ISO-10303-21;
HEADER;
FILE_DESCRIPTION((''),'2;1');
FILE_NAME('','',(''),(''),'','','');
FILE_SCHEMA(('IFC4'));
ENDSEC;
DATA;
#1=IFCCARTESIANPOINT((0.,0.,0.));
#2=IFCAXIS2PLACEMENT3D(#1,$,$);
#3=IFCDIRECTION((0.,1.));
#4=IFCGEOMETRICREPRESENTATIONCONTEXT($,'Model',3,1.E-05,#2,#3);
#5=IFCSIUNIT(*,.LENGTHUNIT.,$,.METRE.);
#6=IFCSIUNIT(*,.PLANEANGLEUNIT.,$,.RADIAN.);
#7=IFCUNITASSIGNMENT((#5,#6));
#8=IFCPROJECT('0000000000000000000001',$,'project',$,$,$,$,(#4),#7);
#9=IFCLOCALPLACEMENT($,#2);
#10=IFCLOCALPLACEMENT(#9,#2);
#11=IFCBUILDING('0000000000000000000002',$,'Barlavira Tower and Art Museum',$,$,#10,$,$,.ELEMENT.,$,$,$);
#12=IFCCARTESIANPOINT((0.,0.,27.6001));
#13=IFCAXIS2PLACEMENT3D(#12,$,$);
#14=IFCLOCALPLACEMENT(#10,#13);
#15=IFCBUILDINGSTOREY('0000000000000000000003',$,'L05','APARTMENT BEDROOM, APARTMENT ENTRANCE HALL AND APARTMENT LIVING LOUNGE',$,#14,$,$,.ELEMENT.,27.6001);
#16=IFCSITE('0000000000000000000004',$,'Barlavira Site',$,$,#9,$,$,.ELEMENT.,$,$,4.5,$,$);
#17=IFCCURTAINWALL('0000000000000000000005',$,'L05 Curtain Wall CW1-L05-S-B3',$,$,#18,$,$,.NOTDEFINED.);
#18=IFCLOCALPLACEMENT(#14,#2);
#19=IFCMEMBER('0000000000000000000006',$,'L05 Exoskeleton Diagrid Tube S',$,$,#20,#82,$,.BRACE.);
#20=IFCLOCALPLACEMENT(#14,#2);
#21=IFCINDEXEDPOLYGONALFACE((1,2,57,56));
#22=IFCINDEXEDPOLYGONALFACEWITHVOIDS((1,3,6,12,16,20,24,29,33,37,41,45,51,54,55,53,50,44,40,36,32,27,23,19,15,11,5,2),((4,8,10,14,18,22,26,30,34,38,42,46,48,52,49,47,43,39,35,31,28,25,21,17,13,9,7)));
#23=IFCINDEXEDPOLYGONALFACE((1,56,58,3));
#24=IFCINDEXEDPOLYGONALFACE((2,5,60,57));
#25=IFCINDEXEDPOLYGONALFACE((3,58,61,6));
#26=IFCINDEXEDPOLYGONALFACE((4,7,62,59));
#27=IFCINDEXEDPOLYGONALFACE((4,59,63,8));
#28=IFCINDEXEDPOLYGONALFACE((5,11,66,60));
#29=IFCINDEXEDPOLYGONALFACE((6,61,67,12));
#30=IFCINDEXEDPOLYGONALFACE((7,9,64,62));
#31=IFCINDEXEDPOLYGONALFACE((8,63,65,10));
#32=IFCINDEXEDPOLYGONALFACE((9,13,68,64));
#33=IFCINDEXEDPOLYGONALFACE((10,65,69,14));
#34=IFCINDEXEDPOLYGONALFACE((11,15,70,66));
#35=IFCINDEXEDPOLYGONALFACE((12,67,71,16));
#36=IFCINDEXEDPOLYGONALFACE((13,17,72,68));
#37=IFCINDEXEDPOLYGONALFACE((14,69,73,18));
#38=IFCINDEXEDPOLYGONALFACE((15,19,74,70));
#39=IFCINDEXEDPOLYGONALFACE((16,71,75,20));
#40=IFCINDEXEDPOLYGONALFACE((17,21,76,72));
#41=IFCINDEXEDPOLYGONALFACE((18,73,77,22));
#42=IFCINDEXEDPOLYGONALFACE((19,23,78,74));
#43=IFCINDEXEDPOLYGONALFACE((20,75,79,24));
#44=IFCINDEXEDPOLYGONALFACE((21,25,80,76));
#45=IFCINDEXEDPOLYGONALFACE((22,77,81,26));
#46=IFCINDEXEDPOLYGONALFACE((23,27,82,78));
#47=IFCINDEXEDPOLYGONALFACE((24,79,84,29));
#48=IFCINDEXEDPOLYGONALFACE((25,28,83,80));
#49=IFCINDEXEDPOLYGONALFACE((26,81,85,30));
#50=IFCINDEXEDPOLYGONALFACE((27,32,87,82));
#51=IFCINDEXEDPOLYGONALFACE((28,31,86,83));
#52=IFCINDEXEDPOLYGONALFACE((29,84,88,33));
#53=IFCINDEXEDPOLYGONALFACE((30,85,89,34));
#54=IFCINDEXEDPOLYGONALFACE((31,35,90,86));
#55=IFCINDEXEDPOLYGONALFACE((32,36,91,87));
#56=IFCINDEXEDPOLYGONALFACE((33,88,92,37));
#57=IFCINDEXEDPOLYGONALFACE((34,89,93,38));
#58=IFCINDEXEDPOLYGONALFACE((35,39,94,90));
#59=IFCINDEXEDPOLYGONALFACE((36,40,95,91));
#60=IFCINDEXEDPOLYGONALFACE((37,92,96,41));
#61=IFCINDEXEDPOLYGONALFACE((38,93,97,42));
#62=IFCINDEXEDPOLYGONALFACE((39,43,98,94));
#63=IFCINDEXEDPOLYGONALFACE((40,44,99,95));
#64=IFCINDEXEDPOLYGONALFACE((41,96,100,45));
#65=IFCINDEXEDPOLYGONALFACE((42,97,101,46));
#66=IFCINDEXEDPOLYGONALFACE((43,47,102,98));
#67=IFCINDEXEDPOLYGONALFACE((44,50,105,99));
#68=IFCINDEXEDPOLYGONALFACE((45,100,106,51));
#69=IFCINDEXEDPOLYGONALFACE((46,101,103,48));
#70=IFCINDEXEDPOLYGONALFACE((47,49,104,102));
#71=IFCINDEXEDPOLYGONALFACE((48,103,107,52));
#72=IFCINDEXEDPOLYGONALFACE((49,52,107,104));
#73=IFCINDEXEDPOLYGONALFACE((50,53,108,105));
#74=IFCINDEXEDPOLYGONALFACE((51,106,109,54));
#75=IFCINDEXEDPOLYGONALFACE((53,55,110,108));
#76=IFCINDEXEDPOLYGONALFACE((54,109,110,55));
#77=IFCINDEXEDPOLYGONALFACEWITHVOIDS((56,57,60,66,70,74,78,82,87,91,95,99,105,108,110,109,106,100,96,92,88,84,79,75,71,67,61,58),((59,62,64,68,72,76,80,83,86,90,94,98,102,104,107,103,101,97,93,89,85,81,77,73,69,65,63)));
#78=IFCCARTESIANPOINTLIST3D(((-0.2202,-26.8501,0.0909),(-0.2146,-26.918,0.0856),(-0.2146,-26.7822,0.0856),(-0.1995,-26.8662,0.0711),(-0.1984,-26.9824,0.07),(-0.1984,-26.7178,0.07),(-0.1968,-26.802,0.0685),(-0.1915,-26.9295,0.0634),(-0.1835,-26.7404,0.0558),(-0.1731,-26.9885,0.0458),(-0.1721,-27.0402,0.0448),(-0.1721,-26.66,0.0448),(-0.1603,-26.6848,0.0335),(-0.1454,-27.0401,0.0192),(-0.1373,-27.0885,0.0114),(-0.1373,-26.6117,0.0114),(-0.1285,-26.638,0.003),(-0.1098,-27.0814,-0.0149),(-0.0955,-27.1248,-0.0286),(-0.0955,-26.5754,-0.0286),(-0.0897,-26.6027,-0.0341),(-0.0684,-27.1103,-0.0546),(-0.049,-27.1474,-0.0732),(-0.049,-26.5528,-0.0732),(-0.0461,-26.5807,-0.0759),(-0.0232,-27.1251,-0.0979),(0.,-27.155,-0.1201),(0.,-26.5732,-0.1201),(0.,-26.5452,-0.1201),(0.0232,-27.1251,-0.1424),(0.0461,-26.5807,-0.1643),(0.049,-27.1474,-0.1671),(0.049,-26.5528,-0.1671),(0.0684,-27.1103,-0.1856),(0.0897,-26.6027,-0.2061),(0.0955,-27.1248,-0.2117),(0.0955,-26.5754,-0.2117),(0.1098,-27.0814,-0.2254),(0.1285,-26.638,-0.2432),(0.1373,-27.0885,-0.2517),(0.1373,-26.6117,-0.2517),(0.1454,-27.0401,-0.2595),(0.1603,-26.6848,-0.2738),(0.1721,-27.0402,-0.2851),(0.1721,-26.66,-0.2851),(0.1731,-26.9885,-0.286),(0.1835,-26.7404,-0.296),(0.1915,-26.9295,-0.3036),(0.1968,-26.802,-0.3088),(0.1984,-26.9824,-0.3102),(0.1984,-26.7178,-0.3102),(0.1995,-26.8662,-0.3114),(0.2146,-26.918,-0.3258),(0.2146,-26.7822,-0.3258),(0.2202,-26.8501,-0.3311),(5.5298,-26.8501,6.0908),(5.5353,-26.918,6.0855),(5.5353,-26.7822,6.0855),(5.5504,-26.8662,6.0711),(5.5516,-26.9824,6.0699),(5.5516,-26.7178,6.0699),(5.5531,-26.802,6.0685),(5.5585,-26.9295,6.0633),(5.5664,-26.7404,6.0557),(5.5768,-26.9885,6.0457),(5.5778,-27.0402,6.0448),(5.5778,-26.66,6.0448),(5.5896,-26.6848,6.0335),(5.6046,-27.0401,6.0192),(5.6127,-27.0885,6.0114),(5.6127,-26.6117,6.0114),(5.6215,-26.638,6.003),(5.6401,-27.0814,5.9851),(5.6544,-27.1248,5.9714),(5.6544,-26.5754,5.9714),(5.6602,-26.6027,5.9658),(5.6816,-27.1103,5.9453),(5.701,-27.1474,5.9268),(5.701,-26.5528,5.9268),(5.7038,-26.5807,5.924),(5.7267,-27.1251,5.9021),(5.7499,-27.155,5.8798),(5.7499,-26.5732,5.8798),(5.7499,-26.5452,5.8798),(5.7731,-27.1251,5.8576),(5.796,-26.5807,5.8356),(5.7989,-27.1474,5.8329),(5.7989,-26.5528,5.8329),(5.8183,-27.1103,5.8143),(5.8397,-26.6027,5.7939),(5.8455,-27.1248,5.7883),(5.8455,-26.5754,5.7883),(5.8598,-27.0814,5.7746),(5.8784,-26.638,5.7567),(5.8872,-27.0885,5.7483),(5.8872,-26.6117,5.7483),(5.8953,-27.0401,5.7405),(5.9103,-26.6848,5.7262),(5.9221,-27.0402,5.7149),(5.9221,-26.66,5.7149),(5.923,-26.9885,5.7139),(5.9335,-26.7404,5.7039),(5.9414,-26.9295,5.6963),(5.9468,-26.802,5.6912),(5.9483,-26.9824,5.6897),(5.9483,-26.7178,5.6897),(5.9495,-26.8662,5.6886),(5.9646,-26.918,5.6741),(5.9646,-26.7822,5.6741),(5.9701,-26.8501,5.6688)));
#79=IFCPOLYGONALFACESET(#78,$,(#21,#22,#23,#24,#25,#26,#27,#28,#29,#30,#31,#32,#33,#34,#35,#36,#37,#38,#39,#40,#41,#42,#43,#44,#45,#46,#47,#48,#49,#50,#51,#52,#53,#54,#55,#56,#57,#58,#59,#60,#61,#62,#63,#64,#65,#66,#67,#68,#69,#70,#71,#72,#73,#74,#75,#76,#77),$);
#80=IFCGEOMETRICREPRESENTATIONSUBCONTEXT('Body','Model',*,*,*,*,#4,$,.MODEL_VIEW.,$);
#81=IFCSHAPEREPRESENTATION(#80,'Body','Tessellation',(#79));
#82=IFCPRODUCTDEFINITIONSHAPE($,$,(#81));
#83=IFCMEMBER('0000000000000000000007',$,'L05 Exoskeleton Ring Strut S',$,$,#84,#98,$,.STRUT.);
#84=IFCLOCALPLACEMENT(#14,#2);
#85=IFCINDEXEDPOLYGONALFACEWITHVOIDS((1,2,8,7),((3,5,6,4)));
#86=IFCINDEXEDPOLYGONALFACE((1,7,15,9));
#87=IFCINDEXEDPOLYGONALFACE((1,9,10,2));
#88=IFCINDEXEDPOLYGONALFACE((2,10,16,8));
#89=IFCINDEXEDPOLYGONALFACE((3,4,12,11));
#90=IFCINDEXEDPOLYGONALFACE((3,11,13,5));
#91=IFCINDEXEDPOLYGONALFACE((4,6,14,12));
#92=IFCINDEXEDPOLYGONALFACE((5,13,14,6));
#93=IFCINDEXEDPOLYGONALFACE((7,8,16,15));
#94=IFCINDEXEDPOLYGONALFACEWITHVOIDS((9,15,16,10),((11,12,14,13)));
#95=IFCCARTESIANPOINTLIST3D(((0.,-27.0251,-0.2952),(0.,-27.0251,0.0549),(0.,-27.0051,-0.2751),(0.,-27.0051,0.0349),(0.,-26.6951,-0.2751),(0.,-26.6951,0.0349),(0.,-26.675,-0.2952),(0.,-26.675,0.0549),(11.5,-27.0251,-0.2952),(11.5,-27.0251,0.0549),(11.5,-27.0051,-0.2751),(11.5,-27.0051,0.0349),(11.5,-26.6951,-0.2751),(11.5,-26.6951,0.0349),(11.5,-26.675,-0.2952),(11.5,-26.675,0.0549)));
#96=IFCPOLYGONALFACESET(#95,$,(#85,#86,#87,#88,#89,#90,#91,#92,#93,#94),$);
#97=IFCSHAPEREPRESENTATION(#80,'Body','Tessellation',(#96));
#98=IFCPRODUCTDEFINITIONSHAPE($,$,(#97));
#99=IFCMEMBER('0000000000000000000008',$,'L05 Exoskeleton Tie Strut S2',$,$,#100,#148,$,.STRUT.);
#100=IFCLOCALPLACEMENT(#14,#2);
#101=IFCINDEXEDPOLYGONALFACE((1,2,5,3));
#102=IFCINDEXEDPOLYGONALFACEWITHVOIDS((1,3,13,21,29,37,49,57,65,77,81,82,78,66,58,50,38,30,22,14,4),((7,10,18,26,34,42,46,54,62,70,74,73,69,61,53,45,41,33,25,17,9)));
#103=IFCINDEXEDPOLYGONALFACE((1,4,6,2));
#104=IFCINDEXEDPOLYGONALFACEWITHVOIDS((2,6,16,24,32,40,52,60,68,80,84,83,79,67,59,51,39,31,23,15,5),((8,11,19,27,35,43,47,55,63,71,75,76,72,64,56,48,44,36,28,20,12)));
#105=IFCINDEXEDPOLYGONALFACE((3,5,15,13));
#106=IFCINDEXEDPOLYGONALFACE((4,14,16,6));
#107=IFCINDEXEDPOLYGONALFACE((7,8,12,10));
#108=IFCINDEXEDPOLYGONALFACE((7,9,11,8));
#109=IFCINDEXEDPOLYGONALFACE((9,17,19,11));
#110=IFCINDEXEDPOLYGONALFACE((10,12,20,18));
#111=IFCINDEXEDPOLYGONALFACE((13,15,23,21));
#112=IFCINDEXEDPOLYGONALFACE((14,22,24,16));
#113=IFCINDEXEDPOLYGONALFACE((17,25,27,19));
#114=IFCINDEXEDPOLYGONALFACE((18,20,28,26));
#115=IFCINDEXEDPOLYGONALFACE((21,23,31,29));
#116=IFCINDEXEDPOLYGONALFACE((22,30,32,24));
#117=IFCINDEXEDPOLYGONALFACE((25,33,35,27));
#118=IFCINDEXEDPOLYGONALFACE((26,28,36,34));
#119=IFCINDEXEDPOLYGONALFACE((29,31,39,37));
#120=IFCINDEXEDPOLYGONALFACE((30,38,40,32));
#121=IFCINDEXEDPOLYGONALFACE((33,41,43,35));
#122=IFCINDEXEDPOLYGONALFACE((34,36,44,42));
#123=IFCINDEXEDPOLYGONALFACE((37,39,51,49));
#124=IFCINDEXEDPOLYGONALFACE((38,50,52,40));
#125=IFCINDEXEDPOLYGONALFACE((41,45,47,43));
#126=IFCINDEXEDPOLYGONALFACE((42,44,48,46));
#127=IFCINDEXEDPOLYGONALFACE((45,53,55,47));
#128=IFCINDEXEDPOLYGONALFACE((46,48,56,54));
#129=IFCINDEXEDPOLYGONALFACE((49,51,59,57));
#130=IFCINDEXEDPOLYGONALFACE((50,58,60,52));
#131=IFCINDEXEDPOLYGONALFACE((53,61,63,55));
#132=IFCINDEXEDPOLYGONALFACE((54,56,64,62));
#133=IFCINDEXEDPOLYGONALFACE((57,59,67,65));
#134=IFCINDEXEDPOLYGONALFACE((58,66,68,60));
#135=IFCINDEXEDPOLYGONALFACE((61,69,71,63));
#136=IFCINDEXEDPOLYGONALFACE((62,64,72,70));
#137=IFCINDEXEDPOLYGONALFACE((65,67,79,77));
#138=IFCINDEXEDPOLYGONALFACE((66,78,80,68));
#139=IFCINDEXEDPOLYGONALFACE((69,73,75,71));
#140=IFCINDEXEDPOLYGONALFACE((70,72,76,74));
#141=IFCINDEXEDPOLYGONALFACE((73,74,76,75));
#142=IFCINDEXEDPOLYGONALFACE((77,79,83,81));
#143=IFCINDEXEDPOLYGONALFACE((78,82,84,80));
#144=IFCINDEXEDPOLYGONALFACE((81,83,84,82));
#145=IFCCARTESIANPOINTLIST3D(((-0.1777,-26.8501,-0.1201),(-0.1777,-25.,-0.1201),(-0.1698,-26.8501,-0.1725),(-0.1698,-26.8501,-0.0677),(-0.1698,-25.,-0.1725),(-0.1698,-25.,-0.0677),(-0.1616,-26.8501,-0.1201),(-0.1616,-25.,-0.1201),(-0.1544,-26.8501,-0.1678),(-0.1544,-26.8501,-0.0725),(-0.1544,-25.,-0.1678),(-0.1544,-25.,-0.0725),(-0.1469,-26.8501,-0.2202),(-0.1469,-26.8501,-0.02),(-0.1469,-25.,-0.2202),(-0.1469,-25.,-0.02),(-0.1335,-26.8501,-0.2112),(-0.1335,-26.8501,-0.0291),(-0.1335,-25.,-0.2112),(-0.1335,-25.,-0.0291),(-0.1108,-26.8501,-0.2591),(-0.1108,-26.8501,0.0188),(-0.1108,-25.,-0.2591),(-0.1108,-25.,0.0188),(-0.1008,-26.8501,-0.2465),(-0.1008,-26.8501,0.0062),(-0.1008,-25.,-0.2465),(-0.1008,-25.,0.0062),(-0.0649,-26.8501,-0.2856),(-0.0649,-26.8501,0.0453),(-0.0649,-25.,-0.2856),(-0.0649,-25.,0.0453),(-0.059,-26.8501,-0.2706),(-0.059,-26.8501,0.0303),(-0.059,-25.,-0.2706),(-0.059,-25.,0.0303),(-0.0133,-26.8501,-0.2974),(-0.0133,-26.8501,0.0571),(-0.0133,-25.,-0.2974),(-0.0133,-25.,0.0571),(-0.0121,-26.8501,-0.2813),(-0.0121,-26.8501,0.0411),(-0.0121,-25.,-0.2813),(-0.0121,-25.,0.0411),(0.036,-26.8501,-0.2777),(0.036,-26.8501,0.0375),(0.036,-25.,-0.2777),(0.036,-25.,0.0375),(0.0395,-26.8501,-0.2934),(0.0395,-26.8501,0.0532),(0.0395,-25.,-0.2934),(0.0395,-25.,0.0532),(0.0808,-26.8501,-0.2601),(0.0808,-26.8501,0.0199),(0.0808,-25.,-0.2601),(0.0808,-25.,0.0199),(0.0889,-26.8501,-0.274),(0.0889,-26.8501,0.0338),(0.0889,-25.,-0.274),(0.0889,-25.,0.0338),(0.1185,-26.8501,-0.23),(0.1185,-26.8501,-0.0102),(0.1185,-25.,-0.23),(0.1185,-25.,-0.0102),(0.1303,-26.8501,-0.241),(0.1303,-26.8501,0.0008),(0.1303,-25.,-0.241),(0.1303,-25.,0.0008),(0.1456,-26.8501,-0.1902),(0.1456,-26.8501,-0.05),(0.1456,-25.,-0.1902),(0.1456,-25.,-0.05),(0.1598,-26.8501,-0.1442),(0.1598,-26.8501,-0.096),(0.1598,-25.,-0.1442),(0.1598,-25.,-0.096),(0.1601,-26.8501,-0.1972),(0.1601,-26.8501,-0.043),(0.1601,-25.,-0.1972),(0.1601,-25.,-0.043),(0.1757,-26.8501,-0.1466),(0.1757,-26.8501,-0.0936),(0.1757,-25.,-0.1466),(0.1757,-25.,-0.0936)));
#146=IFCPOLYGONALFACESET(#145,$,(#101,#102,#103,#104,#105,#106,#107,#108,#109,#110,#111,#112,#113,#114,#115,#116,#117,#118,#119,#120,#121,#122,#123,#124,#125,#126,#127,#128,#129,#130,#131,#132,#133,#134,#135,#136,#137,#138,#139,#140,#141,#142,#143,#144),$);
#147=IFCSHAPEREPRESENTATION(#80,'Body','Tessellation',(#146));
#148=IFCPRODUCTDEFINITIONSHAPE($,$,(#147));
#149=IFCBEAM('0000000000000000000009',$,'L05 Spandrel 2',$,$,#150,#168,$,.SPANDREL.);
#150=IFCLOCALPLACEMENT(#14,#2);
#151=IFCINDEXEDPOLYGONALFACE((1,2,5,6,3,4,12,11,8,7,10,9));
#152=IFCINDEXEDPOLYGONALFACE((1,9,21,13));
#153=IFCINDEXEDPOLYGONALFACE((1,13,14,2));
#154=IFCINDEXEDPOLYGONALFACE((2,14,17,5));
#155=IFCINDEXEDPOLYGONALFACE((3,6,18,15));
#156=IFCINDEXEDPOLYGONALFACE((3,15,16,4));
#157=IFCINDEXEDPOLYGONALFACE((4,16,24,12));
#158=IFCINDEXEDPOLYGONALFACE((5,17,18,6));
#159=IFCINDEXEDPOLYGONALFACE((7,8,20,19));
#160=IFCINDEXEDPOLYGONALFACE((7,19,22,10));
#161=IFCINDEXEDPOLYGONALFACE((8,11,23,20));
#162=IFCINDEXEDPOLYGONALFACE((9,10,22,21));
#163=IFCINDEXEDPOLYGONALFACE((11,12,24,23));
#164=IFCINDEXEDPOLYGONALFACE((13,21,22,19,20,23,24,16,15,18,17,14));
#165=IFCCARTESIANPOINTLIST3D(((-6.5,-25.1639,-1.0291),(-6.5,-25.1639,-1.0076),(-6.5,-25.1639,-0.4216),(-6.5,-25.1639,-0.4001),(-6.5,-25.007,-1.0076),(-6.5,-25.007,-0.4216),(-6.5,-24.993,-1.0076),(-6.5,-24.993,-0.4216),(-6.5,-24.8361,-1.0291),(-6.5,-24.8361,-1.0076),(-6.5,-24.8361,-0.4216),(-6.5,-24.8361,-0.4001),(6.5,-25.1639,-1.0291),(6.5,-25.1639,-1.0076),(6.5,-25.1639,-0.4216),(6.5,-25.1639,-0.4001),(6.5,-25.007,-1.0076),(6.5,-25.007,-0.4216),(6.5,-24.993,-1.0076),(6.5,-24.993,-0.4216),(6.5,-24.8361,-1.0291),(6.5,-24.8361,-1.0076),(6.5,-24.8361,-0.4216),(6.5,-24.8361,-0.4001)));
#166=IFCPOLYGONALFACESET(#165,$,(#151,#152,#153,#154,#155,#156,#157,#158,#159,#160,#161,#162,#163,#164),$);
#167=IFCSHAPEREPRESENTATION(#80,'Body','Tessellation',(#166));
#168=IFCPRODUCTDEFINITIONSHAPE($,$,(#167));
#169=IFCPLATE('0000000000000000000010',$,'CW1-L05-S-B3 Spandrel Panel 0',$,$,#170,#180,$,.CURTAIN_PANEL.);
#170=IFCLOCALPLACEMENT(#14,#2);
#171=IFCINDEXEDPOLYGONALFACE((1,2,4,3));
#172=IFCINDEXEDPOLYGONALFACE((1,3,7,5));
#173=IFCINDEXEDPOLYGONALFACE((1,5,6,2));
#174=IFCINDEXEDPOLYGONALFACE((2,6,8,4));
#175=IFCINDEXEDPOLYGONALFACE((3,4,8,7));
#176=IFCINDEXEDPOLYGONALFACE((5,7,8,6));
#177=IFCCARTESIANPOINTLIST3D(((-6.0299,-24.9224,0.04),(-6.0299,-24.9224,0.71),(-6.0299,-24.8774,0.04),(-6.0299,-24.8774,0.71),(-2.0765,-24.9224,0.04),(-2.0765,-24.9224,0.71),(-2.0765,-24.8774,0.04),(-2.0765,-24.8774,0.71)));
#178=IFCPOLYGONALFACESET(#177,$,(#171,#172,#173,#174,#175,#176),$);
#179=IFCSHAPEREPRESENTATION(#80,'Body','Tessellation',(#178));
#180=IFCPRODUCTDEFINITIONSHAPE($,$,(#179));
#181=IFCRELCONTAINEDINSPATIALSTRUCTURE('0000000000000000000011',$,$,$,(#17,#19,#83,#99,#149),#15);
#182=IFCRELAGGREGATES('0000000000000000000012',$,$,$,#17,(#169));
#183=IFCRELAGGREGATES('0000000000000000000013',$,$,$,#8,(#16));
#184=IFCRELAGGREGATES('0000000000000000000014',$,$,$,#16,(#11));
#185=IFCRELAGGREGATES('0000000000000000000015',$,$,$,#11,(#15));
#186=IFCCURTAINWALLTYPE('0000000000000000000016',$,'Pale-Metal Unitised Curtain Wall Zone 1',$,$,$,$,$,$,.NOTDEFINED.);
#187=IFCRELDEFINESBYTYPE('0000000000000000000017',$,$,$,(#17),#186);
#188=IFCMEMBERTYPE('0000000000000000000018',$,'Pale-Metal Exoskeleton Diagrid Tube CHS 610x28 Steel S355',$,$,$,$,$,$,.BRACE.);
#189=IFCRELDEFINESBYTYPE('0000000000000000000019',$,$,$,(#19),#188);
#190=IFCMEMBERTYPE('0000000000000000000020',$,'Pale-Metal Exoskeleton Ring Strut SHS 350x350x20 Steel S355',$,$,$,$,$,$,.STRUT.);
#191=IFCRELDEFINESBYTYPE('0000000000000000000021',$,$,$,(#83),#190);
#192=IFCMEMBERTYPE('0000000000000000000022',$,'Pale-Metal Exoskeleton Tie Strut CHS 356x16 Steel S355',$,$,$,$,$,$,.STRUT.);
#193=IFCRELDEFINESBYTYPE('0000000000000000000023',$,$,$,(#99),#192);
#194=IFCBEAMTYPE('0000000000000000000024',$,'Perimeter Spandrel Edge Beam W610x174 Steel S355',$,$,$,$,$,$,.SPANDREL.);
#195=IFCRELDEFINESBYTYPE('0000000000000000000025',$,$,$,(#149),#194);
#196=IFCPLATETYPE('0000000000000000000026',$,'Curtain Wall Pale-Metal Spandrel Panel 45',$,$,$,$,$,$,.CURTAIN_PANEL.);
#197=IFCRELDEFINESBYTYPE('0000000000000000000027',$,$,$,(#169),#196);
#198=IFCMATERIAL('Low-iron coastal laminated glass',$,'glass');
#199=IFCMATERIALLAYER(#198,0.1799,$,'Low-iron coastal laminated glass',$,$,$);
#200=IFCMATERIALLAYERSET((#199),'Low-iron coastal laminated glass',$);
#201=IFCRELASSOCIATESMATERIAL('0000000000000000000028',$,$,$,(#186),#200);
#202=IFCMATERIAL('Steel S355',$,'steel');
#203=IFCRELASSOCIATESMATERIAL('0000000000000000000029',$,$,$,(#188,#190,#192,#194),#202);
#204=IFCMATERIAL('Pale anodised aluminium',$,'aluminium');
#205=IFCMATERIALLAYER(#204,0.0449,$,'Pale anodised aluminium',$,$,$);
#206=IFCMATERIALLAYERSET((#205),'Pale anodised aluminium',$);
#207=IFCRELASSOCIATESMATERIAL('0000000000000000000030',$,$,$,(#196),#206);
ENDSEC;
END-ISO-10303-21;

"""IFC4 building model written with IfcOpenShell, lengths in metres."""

from ifc_helpers import new_model, si_unit, direction, frame, origin, origin_2d, place, context, subcontext, project, spatial, rectangle, hollow_rectangle, hollow_circle, i_section, extrude, material, layer, layer_set, material_profile, profile_set, type_object, element, aggregate, save


model = new_model("IFC4")

# Units and contexts
model_context = context("Model", 3, precision=1e-05, world=origin(), true_north=direction((0.0, 1.0)))
body_context = subcontext(model_context, "Body", "Model", "MODEL_VIEW")
ifc_project = project(units=[si_unit("LENGTHUNIT", "METRE"), si_unit("PLANEANGLEUNIT", "RADIAN")], contexts=[model_context])

# Site, building, storey
site_placement = place(None, origin())
site = spatial("IfcSite", under=ifc_project, at=site_placement, Name="Barlavira Site", CompositionType="ELEMENT", RefElevation=4.5)
building_placement = place(site_placement, origin())
building = spatial("IfcBuilding", under=site, at=building_placement, Name="Barlavira Tower and Art Museum", CompositionType="ELEMENT")
storey_placement = place(building_placement, frame((0.0, 0.0, 27.6001)))
storey = spatial("IfcBuildingStorey", under=building, at=storey_placement, Name="L05", Description="APARTMENT BEDROOM, APARTMENT ENTRANCE HALL AND APARTMENT LIVING LOUNGE", CompositionType="ELEMENT", Elevation=27.6001)

# Curtain wall
ifc_material_1 = material(Name="Low-iron coastal laminated glass", Category="glass")
ifc_layer_1 = layer(ifc_material_1, 0.1799, Name="Low-iron coastal laminated glass")
ifc_layer_set_1 = layer_set([ifc_layer_1], Name="Low-iron coastal laminated glass")
curtain_wall_type = type_object("IfcCurtainWallType", Name="Pale-Metal Unitised Curtain Wall Zone 1", PredefinedType="NOTDEFINED", material=ifc_layer_set_1)
curtain_wall_placement = place(storey_placement, origin())
curtain_wall = element("IfcCurtainWall", 1, at=curtain_wall_placement, inside=storey, type_object=curtain_wall_type, Name="L05 Curtain Wall CW1-L05-S-B3", PredefinedType="NOTDEFINED")
ifc_material_2 = material(Name="Pale anodised aluminium", Category="aluminium")

# Members
ifc_material_3 = material(Name="Steel S355", Category="steel")
ifc_material_profile_1 = material_profile(ifc_material_3, hollow_circle(Radius=0.3049, WallThickness=0.0281, at=origin_2d()), Name="CHS 610.0x28.0")
ifc_profile_set_1 = profile_set([ifc_material_profile_1], Name="Steel S355")
member_type_1 = type_object("IfcMemberType", Name="Pale-Metal Exoskeleton Diagrid Tube CHS 610x28 Steel S355", PredefinedType="BRACE", material=ifc_profile_set_1)
for number, where, z_axis, x_axis, name in (
    (2, (0.0, -26.8501, -0.1201), (0.691905, 0.0, 0.721988), (0.0, 1.0, 0.0), "L05 Exoskeleton Diagrid Tube S"),
):
    element("IfcMember", number, at=place(storey_placement, frame(where, z_axis=z_axis, x_axis=x_axis)), inside=storey, type_object=member_type_1, Name=name, PredefinedType="BRACE", context=body_context, shape_type="SweptSolid", body=[
        extrude(hollow_circle(Radius=0.3049, WallThickness=0.0281, at=origin_2d()), origin(), (0.0, 0.0, 1.0), 8.3103),
    ])
ifc_material_profile_2 = material_profile(ifc_material_3, hollow_rectangle(XDim=0.3501, YDim=0.3501, WallThickness=0.02, at=origin_2d()), Name="SHS 350x350x20.0")
ifc_profile_set_2 = profile_set([ifc_material_profile_2], Name="Steel S355")
member_type_2 = type_object("IfcMemberType", Name="Pale-Metal Exoskeleton Ring Strut SHS 350x350x20 Steel S355", PredefinedType="STRUT", material=ifc_profile_set_2)
member_1_placement = place(storey_placement, frame((0.0, -26.8501, -0.1201), z_axis=(1.0, 0.0, 0.0), x_axis=(0.0, 1.0, 0.0)))
element("IfcMember", 3, at=member_1_placement, inside=storey, type_object=member_type_2, Name="L05 Exoskeleton Ring Strut S", PredefinedType="STRUT", context=body_context, shape_type="SweptSolid", body=[
    extrude(hollow_rectangle(XDim=0.3501, YDim=0.3501, WallThickness=0.02, at=origin_2d()), origin(), (0.0, 0.0, 1.0), 11.5),
])
ifc_material_profile_3 = material_profile(ifc_material_3, hollow_circle(Radius=0.1777, WallThickness=0.0161, at=origin_2d()), Name="CHS 355.6x16.0")
ifc_profile_set_3 = profile_set([ifc_material_profile_3], Name="Steel S355")
member_type_3 = type_object("IfcMemberType", Name="Pale-Metal Exoskeleton Tie Strut CHS 356x16 Steel S355", PredefinedType="STRUT", material=ifc_profile_set_3)
member_2_placement = place(storey_placement, frame((0.0, -26.8501, -0.1201), z_axis=(0.0, 1.0, 0.0), x_axis=(-1.0, 0.0, 0.0)))
element("IfcMember", 4, at=member_2_placement, inside=storey, type_object=member_type_3, Name="L05 Exoskeleton Tie Strut S2", PredefinedType="STRUT", context=body_context, shape_type="SweptSolid", body=[
    extrude(hollow_circle(Radius=0.1777, WallThickness=0.0161, at=origin_2d()), origin(), (0.0, 0.0, 1.0), 1.8501),
])

# Beam
ifc_material_profile_4 = material_profile(ifc_material_3, i_section(OverallWidth=0.3279, OverallDepth=0.6289, WebThickness=0.0139, FlangeThickness=0.0215, at=origin_2d()), Name="W610x174.0")
ifc_profile_set_4 = profile_set([ifc_material_profile_4], Name="Steel S355")
beam_type = type_object("IfcBeamType", Name="Perimeter Spandrel Edge Beam W610x174 Steel S355", PredefinedType="SPANDREL", material=ifc_profile_set_4)
beam_placement = place(storey_placement, frame((-6.5, -25.0, -0.7146), z_axis=(1.0, 0.0, 0.0), x_axis=(0.0, 1.0, 0.0)))
element("IfcBeam", 5, at=beam_placement, inside=storey, type_object=beam_type, Name="L05 Spandrel 2", PredefinedType="SPANDREL", context=body_context, shape_type="SweptSolid", body=[
    extrude(i_section(OverallWidth=0.3279, OverallDepth=0.6289, WebThickness=0.0139, FlangeThickness=0.0215, at=origin_2d()), origin(), (0.0, 0.0, 1.0), 13.0),
])

# Plate
ifc_layer_2 = layer(ifc_material_2, 0.0449, Name="Pale anodised aluminium")
ifc_layer_set_2 = layer_set([ifc_layer_2], Name="Pale anodised aluminium")
plate_type_1 = type_object("IfcPlateType", Name="Curtain Wall Pale-Metal Spandrel Panel 45", PredefinedType="CURTAIN_PANEL", material=ifc_layer_set_2)
plate_1_placement = place(storey_placement, frame((-4.0532, -24.8999, 0.04), z_axis=(0.0, 0.0, 1.0), x_axis=(1.0, 0.0, 0.0)))
plate_1 = element("IfcPlate", 6, at=plate_1_placement, type_object=plate_type_1, Name="CW1-L05-S-B3 Spandrel Panel 0", PredefinedType="CURTAIN_PANEL", context=body_context, shape_type="SweptSolid", body=[
    extrude(rectangle(XDim=3.9534, YDim=0.0449, at=origin_2d()), origin(), (0.0, 0.0, 1.0), 0.6699),
])
aggregate(curtain_wall, [plate_1])

save(model, "model.ifc")
